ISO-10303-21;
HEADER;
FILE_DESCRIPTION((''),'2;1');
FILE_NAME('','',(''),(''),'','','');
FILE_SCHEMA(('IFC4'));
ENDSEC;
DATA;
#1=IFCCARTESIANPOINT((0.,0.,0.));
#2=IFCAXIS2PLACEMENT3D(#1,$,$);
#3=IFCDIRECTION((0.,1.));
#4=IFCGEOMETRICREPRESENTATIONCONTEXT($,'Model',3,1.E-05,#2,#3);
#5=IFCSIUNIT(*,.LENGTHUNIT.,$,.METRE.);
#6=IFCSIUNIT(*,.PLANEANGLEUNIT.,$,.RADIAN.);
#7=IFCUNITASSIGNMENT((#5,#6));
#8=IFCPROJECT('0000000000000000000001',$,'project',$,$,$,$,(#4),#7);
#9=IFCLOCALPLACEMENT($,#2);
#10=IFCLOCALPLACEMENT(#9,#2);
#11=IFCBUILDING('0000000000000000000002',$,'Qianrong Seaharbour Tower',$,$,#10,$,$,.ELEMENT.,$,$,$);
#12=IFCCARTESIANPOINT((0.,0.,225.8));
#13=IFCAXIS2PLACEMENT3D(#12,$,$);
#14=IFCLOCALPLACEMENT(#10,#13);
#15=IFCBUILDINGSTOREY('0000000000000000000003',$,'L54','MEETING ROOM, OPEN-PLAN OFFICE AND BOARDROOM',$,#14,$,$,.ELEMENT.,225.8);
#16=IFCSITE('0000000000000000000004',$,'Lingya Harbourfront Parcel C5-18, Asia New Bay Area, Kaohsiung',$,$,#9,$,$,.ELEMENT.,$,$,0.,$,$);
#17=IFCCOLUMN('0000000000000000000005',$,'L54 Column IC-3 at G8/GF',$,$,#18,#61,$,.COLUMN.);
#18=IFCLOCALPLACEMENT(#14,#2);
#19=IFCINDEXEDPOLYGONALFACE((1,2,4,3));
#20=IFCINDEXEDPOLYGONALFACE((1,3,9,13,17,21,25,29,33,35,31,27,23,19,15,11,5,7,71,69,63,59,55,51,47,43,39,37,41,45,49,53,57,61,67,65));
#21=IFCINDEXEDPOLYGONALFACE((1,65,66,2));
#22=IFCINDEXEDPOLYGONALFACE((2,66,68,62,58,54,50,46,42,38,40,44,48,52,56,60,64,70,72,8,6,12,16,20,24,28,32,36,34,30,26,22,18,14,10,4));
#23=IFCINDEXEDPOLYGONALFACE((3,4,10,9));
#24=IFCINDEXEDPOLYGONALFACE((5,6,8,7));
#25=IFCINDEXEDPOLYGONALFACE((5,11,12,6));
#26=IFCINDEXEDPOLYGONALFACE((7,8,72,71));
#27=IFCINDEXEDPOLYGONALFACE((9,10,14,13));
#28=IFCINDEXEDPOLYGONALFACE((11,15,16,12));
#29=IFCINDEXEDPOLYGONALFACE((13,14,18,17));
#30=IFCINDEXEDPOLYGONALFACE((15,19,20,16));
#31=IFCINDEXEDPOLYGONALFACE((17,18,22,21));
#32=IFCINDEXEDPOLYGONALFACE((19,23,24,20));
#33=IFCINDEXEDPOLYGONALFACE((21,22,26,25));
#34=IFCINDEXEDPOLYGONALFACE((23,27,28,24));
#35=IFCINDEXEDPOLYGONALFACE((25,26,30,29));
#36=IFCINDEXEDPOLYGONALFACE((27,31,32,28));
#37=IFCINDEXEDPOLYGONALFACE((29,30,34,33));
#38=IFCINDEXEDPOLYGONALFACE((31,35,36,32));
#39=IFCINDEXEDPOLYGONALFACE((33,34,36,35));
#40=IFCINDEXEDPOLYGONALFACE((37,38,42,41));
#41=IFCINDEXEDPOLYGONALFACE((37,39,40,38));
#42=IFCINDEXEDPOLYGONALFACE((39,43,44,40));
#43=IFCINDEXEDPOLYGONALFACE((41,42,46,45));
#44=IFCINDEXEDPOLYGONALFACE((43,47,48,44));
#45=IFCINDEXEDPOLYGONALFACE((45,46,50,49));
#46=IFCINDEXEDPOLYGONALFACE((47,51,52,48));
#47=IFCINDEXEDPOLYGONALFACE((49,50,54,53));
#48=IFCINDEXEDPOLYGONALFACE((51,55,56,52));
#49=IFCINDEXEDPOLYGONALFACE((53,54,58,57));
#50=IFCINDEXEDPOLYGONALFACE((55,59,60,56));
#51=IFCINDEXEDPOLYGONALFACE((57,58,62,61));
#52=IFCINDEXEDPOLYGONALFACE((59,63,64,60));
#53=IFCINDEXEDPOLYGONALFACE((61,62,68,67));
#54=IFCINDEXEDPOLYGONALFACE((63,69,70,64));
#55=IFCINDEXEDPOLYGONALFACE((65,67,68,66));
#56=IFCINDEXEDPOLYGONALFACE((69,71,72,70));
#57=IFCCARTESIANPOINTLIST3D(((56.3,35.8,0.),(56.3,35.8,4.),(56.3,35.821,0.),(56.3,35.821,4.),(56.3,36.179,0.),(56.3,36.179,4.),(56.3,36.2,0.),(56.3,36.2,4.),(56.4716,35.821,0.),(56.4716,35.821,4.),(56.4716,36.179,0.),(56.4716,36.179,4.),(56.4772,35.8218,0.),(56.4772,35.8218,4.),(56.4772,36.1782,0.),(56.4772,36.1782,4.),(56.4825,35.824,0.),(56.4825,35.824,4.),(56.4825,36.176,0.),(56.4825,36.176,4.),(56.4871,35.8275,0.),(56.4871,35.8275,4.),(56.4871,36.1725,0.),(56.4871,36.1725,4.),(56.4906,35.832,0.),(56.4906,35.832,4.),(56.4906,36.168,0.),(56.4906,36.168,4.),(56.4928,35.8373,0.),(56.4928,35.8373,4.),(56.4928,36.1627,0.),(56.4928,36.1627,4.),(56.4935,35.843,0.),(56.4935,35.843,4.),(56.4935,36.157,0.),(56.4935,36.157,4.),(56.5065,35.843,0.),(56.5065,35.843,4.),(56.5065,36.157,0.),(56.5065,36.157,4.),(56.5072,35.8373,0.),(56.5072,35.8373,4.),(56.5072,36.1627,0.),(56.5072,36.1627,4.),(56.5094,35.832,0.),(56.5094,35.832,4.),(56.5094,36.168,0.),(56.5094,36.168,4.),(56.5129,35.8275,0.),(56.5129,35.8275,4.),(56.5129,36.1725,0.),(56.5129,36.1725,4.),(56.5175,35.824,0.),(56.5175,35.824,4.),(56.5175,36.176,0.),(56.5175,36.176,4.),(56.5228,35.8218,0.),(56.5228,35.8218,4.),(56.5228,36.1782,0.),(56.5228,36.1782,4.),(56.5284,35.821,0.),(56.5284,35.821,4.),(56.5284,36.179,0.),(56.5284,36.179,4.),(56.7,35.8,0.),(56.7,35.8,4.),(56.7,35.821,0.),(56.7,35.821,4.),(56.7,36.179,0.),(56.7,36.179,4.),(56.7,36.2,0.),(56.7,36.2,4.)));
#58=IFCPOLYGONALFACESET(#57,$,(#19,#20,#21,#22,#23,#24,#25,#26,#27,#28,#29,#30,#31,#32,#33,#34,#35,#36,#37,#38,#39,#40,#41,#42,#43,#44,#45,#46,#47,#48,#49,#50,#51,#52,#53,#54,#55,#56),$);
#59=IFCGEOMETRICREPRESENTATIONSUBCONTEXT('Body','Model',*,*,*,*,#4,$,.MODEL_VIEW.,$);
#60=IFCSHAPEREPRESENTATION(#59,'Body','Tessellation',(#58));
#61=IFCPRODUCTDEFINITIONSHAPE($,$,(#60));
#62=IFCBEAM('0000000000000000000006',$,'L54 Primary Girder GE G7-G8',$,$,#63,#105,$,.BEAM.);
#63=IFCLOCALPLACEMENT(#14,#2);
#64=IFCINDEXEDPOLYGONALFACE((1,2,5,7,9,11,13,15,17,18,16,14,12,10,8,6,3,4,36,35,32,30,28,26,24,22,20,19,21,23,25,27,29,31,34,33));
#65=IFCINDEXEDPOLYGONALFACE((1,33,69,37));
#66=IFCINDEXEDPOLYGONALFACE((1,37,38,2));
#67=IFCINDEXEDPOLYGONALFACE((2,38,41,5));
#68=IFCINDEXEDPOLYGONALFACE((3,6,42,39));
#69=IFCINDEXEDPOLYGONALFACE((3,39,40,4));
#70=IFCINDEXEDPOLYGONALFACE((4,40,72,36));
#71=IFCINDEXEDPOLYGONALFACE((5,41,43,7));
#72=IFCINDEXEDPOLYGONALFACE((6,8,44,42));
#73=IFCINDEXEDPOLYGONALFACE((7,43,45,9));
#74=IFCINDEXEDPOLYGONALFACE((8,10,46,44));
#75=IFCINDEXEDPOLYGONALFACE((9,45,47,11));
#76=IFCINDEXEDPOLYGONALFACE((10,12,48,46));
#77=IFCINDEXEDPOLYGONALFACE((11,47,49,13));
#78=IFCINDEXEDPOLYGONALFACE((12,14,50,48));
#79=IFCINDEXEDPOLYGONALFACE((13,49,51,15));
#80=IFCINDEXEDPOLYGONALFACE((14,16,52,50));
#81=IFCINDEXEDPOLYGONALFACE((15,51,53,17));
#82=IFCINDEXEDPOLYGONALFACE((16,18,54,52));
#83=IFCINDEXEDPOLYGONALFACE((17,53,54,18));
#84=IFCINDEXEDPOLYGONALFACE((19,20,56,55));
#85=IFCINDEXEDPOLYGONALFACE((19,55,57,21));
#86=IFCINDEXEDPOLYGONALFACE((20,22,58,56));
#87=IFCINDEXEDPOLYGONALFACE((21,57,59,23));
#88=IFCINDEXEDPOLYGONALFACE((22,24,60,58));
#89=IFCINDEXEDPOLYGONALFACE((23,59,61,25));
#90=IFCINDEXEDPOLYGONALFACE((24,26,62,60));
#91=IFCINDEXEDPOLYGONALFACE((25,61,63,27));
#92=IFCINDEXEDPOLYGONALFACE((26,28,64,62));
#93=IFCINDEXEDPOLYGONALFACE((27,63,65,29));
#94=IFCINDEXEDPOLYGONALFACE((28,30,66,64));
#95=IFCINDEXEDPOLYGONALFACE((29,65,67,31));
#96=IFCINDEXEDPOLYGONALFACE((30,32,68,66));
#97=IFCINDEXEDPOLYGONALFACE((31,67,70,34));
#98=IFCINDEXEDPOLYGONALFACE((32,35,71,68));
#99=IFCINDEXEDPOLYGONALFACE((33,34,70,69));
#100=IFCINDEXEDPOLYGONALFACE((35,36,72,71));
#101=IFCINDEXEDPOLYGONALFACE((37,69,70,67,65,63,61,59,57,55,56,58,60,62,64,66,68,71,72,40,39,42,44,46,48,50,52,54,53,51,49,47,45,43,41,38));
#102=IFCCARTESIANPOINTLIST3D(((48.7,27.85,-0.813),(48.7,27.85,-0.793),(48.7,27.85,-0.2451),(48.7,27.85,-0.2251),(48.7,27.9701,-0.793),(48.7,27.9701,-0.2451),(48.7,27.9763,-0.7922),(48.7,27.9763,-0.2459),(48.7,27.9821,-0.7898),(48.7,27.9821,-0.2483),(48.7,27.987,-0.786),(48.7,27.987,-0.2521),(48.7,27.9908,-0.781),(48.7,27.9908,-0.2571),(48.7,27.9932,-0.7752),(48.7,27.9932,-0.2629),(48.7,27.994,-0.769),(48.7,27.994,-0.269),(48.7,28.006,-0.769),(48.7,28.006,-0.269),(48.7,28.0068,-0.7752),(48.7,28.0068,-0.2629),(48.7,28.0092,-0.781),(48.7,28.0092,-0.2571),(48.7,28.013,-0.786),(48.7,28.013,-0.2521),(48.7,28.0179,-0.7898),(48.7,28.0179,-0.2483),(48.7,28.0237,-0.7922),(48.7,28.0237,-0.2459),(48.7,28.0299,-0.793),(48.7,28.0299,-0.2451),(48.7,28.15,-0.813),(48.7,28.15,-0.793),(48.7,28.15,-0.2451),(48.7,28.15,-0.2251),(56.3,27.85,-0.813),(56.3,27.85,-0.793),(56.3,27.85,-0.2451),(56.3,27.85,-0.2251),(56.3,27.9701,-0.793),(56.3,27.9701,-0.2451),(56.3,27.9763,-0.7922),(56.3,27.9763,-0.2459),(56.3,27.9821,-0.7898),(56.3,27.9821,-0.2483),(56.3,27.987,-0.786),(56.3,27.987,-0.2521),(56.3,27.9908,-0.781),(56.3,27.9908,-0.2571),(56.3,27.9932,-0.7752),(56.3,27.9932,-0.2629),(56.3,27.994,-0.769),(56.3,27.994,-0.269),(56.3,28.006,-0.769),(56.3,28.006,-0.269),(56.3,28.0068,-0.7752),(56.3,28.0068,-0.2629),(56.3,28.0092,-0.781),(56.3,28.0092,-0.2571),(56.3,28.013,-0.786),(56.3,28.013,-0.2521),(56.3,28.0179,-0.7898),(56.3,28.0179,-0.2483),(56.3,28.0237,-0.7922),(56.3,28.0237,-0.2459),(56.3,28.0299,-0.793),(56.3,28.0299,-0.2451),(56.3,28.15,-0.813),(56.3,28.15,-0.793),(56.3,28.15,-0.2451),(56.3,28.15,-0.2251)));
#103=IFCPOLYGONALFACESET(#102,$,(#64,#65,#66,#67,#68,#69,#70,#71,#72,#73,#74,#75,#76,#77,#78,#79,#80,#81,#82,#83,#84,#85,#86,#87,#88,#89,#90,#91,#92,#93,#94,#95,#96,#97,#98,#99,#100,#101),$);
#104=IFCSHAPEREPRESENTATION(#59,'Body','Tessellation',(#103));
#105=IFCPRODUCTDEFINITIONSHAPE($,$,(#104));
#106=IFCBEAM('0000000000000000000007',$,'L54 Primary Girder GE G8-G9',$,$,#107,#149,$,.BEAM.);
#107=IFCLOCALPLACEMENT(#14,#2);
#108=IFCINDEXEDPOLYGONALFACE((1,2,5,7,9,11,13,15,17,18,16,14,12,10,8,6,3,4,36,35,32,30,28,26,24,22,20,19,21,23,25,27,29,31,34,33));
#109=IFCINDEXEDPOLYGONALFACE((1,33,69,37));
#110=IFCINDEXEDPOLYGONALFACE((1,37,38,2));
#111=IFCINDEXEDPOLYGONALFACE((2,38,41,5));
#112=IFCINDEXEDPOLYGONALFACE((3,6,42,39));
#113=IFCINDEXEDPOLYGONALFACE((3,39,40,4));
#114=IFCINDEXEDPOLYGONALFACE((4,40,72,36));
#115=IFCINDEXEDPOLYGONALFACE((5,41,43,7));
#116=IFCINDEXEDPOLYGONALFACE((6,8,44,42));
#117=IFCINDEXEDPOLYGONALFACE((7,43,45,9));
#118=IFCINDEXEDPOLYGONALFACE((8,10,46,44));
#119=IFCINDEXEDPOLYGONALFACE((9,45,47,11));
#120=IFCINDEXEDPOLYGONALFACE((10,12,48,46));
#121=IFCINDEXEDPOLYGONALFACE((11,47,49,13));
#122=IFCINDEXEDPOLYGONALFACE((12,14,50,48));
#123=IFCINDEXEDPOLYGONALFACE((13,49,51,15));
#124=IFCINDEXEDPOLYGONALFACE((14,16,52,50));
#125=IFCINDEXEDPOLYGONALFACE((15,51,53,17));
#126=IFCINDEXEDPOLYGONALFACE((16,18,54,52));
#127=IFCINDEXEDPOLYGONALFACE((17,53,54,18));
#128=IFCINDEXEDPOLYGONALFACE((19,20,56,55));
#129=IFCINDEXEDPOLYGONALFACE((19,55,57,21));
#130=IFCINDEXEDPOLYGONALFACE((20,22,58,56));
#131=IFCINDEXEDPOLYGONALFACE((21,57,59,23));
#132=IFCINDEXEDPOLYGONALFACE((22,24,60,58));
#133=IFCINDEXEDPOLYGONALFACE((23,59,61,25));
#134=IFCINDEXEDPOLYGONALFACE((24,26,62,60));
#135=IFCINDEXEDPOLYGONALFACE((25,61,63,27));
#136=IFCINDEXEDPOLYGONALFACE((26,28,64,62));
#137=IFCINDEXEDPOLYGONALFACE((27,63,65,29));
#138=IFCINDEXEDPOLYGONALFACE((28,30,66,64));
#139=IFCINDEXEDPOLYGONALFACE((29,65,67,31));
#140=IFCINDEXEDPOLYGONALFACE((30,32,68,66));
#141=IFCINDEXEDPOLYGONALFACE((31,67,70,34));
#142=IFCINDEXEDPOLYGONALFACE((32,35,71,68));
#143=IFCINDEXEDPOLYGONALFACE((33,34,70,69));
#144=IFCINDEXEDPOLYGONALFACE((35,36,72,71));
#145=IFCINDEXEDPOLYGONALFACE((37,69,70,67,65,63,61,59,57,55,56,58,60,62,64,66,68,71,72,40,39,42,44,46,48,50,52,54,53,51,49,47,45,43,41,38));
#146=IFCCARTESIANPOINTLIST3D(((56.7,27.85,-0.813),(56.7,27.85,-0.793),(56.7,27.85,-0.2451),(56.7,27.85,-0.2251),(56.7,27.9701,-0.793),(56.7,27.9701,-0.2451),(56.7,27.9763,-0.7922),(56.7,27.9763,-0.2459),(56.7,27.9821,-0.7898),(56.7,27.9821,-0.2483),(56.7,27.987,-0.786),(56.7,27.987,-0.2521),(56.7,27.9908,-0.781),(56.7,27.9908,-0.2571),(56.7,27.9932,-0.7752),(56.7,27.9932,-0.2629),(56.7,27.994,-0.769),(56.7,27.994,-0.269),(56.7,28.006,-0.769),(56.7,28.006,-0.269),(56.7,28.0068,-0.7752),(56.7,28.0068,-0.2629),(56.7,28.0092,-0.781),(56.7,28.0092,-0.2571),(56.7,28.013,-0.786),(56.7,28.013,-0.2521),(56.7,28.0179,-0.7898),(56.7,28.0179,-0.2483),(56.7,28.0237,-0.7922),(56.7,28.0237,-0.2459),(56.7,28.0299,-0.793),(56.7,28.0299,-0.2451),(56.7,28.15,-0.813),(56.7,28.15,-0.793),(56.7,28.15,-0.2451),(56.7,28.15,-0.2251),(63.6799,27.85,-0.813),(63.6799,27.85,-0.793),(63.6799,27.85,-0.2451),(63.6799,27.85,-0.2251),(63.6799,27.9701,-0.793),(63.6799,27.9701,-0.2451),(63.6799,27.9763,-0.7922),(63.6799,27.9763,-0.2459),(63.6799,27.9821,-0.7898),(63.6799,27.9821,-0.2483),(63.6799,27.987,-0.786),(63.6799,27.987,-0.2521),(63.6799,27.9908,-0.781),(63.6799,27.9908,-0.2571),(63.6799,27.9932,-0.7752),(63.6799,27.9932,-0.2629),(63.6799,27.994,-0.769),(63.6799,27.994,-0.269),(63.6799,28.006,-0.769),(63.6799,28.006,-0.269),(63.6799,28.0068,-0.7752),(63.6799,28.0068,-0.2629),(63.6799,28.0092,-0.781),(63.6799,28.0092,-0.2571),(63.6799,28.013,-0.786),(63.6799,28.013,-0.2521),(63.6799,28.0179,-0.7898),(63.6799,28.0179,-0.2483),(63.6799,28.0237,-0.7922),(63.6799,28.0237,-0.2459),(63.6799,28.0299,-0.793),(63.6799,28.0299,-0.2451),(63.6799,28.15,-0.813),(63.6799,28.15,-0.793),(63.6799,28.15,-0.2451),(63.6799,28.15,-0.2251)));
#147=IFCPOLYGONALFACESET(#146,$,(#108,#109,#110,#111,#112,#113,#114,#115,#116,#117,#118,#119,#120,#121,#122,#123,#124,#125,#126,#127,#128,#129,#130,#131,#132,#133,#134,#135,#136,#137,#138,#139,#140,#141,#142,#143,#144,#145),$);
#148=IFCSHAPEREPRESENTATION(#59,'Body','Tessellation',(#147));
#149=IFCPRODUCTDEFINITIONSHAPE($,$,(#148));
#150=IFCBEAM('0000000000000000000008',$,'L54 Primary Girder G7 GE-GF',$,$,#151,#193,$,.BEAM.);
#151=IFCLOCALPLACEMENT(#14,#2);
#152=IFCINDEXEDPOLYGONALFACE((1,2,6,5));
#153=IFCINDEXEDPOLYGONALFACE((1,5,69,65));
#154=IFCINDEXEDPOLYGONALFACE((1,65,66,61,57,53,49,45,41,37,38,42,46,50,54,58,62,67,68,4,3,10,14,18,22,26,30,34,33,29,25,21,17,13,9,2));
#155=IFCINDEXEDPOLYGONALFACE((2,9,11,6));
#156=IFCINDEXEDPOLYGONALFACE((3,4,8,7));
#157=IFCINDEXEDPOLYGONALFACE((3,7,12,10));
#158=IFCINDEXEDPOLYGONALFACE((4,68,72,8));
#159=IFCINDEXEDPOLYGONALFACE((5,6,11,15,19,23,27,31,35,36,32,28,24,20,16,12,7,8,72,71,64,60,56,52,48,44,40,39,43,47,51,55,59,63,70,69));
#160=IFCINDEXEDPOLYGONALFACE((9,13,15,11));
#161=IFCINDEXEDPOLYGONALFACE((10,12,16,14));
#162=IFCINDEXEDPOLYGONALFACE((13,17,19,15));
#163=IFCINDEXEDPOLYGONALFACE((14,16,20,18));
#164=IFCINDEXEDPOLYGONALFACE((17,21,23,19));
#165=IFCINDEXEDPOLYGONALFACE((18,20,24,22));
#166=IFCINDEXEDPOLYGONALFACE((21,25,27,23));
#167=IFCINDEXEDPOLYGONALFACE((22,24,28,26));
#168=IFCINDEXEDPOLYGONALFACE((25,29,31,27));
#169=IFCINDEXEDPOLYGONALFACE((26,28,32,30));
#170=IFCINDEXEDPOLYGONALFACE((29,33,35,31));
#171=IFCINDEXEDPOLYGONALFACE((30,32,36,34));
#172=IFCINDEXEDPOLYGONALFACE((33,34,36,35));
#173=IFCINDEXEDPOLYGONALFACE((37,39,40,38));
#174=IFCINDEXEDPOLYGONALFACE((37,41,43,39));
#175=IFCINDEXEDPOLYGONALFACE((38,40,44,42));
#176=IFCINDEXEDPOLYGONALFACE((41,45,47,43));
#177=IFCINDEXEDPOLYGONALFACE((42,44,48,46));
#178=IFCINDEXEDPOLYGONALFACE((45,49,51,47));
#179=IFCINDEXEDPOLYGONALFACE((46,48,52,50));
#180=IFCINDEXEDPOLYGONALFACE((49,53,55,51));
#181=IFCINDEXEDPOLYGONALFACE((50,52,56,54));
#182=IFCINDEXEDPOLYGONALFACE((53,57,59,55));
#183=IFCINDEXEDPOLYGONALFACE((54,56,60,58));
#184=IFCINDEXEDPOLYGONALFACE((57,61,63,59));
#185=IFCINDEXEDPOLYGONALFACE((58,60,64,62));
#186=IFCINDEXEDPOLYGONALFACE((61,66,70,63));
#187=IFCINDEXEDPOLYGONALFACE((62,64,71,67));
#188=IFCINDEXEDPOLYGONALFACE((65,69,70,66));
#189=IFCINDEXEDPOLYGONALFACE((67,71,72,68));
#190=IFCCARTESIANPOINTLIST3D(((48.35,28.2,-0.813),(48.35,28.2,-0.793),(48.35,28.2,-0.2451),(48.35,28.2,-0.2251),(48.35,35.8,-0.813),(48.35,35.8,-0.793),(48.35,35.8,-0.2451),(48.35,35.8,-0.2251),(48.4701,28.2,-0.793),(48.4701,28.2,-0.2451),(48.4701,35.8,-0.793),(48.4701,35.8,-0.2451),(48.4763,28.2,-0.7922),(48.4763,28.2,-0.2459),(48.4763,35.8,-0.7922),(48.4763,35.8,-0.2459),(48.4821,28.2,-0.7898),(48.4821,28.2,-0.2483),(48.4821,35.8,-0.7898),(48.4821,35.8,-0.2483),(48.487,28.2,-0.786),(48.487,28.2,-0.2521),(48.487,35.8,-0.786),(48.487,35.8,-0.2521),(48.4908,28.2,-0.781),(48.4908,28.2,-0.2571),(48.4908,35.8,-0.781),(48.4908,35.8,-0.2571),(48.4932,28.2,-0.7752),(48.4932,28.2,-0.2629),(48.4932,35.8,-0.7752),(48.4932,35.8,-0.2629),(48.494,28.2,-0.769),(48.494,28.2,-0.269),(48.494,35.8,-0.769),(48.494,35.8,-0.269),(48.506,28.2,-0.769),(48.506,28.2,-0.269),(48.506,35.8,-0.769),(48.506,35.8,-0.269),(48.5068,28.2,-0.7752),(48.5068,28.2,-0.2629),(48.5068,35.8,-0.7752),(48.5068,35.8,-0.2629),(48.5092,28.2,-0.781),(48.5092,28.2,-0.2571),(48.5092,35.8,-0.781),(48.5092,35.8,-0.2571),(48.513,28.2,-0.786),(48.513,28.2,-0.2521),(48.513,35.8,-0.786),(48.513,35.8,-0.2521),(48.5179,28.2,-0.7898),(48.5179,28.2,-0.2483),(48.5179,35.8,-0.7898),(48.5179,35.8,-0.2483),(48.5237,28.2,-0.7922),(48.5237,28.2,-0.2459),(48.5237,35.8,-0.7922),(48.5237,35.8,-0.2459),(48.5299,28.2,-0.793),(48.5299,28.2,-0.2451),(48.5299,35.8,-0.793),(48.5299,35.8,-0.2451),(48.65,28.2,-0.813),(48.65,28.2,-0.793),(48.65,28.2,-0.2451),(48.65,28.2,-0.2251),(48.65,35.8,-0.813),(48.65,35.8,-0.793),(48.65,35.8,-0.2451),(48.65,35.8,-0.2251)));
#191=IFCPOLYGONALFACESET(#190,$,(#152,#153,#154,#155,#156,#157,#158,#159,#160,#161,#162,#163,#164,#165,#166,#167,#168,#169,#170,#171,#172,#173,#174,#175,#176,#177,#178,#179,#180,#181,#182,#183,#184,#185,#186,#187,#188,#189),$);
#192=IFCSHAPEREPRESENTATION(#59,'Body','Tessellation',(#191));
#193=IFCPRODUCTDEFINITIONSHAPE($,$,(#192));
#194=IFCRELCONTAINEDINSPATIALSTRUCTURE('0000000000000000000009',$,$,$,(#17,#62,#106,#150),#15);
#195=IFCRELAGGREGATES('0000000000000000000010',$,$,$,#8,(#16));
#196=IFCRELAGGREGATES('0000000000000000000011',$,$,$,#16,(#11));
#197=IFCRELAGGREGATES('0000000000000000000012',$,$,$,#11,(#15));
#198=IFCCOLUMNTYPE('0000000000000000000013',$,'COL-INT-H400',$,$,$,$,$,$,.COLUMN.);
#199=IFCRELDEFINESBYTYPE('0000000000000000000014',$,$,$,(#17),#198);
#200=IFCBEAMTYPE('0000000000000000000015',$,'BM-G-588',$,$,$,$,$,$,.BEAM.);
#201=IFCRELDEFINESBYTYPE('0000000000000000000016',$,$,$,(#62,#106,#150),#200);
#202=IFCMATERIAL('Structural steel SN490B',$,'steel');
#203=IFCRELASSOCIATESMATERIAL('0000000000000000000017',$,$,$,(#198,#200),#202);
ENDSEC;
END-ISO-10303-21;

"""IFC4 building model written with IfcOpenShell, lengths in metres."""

from ifc_helpers import new_model, si_unit, direction, frame, origin, origin_2d, place, context, subcontext, project, spatial, i_section, extrude, material, material_profile, profile_set, type_object, element, save


model = new_model("IFC4")

# Units and contexts
model_context = context("Model", 3, precision=1e-05, world=origin(), true_north=direction((0.0, 1.0)))
body_context = subcontext(model_context, "Body", "Model", "MODEL_VIEW")
ifc_project = project(units=[si_unit("LENGTHUNIT", "METRE"), si_unit("PLANEANGLEUNIT", "RADIAN")], contexts=[model_context])

# Site, building, storey
site_placement = place(None, origin())
site = spatial("IfcSite", under=ifc_project, at=site_placement, Name="Lingya Harbourfront Parcel C5-18, Asia New Bay Area, Kaohsiung", CompositionType="ELEMENT", RefElevation=0.0)
building_placement = place(site_placement, origin())
building = spatial("IfcBuilding", under=site, at=building_placement, Name="Qianrong Seaharbour Tower", CompositionType="ELEMENT")
storey_placement = place(building_placement, frame((0.0, 0.0, 225.8)))
storey = spatial("IfcBuildingStorey", under=building, at=storey_placement, Name="L54", Description="MEETING ROOM, OPEN-PLAN OFFICE AND BOARDROOM", CompositionType="ELEMENT", Elevation=225.8)

# Column
ifc_material_1 = material(Name="Structural steel SN490B", Category="steel")
ifc_material_profile_1 = material_profile(ifc_material_1, i_section(OverallWidth=0.3999, OverallDepth=0.3999, WebThickness=0.0129, FlangeThickness=0.021, FilletRadius=0.022, at=origin_2d()), Name="H400x400x13x21")
ifc_profile_set_1 = profile_set([ifc_material_profile_1], Name="Structural steel SN490B")
column_type_1 = type_object("IfcColumnType", Name="COL-INT-H400", PredefinedType="COLUMN", material=ifc_profile_set_1)
for number, where, z_axis, x_axis, name in (
    (1, (56.5, 36.0, 0.0), (0.0, 0.0, 1.0), (1.0, 0.0, 0.0), "L54 Column IC-3 at G8/GF"),
):
    element("IfcColumn", number, at=place(storey_placement, frame(where, z_axis=z_axis, x_axis=x_axis)), inside=storey, type_object=column_type_1, Name=name, PredefinedType="COLUMN", context=body_context, shape_type="SweptSolid", body=[
        extrude(i_section(OverallWidth=0.3999, OverallDepth=0.3999, WebThickness=0.0129, FlangeThickness=0.021, FilletRadius=0.022, at=origin_2d()), origin(), (0.0, 0.0, 1.0), 4.0),
    ])

# Beams
ifc_material_profile_2 = material_profile(ifc_material_1, i_section(OverallWidth=0.3, OverallDepth=0.5879, WebThickness=0.012, FlangeThickness=0.02, FilletRadius=0.0239, at=origin_2d()), Name="H588x300x12x20")
ifc_profile_set_2 = profile_set([ifc_material_profile_2], Name="Structural steel SN490B")
beam_type_1 = type_object("IfcBeamType", Name="BM-G-588", PredefinedType="BEAM", material=ifc_profile_set_2)
beam_1_placement = place(storey_placement, frame((48.7, 28.0, -0.519), z_axis=(1.0, 0.0, 0.0), x_axis=(0.0, 1.0, 0.0)))
element("IfcBeam", 2, at=beam_1_placement, inside=storey, type_object=beam_type_1, Name="L54 Primary Girder GE G7-G8", PredefinedType="BEAM", context=body_context, shape_type="SweptSolid", body=[
    extrude(i_section(OverallWidth=0.3, OverallDepth=0.5879, WebThickness=0.012, FlangeThickness=0.02, FilletRadius=0.0239, at=origin_2d()), origin(), (0.0, 0.0, 1.0), 7.6001),
])
beam_2_placement = place(storey_placement, frame((56.7, 28.0, -0.519), z_axis=(1.0, 0.0, 0.0), x_axis=(0.0, 1.0, 0.0)))
element("IfcBeam", 3, at=beam_2_placement, inside=storey, type_object=beam_type_1, Name="L54 Primary Girder GE G8-G9", PredefinedType="BEAM", context=body_context, shape_type="SweptSolid", body=[
    extrude(i_section(OverallWidth=0.3, OverallDepth=0.5879, WebThickness=0.012, FlangeThickness=0.02, FilletRadius=0.0239, at=origin_2d()), origin(), (0.0, 0.0, 1.0), 6.98),
])
for number, where, z_axis, x_axis, name in (
    (4, (48.5, 28.2, -0.519), (0.0, 1.0, 0.0), (-1.0, 0.0, 0.0), "L54 Primary Girder G7 GE-GF"),
):
    element("IfcBeam", number, at=place(storey_placement, frame(where, z_axis=z_axis, x_axis=x_axis)), inside=storey, type_object=beam_type_1, Name=name, PredefinedType="BEAM", context=body_context, shape_type="SweptSolid", body=[
        extrude(i_section(OverallWidth=0.3, OverallDepth=0.5879, WebThickness=0.012, FlangeThickness=0.02, FilletRadius=0.0239, at=origin_2d()), origin(), (0.0, 0.0, 1.0), 7.6001),
    ])

save(model, "model.ifc")
